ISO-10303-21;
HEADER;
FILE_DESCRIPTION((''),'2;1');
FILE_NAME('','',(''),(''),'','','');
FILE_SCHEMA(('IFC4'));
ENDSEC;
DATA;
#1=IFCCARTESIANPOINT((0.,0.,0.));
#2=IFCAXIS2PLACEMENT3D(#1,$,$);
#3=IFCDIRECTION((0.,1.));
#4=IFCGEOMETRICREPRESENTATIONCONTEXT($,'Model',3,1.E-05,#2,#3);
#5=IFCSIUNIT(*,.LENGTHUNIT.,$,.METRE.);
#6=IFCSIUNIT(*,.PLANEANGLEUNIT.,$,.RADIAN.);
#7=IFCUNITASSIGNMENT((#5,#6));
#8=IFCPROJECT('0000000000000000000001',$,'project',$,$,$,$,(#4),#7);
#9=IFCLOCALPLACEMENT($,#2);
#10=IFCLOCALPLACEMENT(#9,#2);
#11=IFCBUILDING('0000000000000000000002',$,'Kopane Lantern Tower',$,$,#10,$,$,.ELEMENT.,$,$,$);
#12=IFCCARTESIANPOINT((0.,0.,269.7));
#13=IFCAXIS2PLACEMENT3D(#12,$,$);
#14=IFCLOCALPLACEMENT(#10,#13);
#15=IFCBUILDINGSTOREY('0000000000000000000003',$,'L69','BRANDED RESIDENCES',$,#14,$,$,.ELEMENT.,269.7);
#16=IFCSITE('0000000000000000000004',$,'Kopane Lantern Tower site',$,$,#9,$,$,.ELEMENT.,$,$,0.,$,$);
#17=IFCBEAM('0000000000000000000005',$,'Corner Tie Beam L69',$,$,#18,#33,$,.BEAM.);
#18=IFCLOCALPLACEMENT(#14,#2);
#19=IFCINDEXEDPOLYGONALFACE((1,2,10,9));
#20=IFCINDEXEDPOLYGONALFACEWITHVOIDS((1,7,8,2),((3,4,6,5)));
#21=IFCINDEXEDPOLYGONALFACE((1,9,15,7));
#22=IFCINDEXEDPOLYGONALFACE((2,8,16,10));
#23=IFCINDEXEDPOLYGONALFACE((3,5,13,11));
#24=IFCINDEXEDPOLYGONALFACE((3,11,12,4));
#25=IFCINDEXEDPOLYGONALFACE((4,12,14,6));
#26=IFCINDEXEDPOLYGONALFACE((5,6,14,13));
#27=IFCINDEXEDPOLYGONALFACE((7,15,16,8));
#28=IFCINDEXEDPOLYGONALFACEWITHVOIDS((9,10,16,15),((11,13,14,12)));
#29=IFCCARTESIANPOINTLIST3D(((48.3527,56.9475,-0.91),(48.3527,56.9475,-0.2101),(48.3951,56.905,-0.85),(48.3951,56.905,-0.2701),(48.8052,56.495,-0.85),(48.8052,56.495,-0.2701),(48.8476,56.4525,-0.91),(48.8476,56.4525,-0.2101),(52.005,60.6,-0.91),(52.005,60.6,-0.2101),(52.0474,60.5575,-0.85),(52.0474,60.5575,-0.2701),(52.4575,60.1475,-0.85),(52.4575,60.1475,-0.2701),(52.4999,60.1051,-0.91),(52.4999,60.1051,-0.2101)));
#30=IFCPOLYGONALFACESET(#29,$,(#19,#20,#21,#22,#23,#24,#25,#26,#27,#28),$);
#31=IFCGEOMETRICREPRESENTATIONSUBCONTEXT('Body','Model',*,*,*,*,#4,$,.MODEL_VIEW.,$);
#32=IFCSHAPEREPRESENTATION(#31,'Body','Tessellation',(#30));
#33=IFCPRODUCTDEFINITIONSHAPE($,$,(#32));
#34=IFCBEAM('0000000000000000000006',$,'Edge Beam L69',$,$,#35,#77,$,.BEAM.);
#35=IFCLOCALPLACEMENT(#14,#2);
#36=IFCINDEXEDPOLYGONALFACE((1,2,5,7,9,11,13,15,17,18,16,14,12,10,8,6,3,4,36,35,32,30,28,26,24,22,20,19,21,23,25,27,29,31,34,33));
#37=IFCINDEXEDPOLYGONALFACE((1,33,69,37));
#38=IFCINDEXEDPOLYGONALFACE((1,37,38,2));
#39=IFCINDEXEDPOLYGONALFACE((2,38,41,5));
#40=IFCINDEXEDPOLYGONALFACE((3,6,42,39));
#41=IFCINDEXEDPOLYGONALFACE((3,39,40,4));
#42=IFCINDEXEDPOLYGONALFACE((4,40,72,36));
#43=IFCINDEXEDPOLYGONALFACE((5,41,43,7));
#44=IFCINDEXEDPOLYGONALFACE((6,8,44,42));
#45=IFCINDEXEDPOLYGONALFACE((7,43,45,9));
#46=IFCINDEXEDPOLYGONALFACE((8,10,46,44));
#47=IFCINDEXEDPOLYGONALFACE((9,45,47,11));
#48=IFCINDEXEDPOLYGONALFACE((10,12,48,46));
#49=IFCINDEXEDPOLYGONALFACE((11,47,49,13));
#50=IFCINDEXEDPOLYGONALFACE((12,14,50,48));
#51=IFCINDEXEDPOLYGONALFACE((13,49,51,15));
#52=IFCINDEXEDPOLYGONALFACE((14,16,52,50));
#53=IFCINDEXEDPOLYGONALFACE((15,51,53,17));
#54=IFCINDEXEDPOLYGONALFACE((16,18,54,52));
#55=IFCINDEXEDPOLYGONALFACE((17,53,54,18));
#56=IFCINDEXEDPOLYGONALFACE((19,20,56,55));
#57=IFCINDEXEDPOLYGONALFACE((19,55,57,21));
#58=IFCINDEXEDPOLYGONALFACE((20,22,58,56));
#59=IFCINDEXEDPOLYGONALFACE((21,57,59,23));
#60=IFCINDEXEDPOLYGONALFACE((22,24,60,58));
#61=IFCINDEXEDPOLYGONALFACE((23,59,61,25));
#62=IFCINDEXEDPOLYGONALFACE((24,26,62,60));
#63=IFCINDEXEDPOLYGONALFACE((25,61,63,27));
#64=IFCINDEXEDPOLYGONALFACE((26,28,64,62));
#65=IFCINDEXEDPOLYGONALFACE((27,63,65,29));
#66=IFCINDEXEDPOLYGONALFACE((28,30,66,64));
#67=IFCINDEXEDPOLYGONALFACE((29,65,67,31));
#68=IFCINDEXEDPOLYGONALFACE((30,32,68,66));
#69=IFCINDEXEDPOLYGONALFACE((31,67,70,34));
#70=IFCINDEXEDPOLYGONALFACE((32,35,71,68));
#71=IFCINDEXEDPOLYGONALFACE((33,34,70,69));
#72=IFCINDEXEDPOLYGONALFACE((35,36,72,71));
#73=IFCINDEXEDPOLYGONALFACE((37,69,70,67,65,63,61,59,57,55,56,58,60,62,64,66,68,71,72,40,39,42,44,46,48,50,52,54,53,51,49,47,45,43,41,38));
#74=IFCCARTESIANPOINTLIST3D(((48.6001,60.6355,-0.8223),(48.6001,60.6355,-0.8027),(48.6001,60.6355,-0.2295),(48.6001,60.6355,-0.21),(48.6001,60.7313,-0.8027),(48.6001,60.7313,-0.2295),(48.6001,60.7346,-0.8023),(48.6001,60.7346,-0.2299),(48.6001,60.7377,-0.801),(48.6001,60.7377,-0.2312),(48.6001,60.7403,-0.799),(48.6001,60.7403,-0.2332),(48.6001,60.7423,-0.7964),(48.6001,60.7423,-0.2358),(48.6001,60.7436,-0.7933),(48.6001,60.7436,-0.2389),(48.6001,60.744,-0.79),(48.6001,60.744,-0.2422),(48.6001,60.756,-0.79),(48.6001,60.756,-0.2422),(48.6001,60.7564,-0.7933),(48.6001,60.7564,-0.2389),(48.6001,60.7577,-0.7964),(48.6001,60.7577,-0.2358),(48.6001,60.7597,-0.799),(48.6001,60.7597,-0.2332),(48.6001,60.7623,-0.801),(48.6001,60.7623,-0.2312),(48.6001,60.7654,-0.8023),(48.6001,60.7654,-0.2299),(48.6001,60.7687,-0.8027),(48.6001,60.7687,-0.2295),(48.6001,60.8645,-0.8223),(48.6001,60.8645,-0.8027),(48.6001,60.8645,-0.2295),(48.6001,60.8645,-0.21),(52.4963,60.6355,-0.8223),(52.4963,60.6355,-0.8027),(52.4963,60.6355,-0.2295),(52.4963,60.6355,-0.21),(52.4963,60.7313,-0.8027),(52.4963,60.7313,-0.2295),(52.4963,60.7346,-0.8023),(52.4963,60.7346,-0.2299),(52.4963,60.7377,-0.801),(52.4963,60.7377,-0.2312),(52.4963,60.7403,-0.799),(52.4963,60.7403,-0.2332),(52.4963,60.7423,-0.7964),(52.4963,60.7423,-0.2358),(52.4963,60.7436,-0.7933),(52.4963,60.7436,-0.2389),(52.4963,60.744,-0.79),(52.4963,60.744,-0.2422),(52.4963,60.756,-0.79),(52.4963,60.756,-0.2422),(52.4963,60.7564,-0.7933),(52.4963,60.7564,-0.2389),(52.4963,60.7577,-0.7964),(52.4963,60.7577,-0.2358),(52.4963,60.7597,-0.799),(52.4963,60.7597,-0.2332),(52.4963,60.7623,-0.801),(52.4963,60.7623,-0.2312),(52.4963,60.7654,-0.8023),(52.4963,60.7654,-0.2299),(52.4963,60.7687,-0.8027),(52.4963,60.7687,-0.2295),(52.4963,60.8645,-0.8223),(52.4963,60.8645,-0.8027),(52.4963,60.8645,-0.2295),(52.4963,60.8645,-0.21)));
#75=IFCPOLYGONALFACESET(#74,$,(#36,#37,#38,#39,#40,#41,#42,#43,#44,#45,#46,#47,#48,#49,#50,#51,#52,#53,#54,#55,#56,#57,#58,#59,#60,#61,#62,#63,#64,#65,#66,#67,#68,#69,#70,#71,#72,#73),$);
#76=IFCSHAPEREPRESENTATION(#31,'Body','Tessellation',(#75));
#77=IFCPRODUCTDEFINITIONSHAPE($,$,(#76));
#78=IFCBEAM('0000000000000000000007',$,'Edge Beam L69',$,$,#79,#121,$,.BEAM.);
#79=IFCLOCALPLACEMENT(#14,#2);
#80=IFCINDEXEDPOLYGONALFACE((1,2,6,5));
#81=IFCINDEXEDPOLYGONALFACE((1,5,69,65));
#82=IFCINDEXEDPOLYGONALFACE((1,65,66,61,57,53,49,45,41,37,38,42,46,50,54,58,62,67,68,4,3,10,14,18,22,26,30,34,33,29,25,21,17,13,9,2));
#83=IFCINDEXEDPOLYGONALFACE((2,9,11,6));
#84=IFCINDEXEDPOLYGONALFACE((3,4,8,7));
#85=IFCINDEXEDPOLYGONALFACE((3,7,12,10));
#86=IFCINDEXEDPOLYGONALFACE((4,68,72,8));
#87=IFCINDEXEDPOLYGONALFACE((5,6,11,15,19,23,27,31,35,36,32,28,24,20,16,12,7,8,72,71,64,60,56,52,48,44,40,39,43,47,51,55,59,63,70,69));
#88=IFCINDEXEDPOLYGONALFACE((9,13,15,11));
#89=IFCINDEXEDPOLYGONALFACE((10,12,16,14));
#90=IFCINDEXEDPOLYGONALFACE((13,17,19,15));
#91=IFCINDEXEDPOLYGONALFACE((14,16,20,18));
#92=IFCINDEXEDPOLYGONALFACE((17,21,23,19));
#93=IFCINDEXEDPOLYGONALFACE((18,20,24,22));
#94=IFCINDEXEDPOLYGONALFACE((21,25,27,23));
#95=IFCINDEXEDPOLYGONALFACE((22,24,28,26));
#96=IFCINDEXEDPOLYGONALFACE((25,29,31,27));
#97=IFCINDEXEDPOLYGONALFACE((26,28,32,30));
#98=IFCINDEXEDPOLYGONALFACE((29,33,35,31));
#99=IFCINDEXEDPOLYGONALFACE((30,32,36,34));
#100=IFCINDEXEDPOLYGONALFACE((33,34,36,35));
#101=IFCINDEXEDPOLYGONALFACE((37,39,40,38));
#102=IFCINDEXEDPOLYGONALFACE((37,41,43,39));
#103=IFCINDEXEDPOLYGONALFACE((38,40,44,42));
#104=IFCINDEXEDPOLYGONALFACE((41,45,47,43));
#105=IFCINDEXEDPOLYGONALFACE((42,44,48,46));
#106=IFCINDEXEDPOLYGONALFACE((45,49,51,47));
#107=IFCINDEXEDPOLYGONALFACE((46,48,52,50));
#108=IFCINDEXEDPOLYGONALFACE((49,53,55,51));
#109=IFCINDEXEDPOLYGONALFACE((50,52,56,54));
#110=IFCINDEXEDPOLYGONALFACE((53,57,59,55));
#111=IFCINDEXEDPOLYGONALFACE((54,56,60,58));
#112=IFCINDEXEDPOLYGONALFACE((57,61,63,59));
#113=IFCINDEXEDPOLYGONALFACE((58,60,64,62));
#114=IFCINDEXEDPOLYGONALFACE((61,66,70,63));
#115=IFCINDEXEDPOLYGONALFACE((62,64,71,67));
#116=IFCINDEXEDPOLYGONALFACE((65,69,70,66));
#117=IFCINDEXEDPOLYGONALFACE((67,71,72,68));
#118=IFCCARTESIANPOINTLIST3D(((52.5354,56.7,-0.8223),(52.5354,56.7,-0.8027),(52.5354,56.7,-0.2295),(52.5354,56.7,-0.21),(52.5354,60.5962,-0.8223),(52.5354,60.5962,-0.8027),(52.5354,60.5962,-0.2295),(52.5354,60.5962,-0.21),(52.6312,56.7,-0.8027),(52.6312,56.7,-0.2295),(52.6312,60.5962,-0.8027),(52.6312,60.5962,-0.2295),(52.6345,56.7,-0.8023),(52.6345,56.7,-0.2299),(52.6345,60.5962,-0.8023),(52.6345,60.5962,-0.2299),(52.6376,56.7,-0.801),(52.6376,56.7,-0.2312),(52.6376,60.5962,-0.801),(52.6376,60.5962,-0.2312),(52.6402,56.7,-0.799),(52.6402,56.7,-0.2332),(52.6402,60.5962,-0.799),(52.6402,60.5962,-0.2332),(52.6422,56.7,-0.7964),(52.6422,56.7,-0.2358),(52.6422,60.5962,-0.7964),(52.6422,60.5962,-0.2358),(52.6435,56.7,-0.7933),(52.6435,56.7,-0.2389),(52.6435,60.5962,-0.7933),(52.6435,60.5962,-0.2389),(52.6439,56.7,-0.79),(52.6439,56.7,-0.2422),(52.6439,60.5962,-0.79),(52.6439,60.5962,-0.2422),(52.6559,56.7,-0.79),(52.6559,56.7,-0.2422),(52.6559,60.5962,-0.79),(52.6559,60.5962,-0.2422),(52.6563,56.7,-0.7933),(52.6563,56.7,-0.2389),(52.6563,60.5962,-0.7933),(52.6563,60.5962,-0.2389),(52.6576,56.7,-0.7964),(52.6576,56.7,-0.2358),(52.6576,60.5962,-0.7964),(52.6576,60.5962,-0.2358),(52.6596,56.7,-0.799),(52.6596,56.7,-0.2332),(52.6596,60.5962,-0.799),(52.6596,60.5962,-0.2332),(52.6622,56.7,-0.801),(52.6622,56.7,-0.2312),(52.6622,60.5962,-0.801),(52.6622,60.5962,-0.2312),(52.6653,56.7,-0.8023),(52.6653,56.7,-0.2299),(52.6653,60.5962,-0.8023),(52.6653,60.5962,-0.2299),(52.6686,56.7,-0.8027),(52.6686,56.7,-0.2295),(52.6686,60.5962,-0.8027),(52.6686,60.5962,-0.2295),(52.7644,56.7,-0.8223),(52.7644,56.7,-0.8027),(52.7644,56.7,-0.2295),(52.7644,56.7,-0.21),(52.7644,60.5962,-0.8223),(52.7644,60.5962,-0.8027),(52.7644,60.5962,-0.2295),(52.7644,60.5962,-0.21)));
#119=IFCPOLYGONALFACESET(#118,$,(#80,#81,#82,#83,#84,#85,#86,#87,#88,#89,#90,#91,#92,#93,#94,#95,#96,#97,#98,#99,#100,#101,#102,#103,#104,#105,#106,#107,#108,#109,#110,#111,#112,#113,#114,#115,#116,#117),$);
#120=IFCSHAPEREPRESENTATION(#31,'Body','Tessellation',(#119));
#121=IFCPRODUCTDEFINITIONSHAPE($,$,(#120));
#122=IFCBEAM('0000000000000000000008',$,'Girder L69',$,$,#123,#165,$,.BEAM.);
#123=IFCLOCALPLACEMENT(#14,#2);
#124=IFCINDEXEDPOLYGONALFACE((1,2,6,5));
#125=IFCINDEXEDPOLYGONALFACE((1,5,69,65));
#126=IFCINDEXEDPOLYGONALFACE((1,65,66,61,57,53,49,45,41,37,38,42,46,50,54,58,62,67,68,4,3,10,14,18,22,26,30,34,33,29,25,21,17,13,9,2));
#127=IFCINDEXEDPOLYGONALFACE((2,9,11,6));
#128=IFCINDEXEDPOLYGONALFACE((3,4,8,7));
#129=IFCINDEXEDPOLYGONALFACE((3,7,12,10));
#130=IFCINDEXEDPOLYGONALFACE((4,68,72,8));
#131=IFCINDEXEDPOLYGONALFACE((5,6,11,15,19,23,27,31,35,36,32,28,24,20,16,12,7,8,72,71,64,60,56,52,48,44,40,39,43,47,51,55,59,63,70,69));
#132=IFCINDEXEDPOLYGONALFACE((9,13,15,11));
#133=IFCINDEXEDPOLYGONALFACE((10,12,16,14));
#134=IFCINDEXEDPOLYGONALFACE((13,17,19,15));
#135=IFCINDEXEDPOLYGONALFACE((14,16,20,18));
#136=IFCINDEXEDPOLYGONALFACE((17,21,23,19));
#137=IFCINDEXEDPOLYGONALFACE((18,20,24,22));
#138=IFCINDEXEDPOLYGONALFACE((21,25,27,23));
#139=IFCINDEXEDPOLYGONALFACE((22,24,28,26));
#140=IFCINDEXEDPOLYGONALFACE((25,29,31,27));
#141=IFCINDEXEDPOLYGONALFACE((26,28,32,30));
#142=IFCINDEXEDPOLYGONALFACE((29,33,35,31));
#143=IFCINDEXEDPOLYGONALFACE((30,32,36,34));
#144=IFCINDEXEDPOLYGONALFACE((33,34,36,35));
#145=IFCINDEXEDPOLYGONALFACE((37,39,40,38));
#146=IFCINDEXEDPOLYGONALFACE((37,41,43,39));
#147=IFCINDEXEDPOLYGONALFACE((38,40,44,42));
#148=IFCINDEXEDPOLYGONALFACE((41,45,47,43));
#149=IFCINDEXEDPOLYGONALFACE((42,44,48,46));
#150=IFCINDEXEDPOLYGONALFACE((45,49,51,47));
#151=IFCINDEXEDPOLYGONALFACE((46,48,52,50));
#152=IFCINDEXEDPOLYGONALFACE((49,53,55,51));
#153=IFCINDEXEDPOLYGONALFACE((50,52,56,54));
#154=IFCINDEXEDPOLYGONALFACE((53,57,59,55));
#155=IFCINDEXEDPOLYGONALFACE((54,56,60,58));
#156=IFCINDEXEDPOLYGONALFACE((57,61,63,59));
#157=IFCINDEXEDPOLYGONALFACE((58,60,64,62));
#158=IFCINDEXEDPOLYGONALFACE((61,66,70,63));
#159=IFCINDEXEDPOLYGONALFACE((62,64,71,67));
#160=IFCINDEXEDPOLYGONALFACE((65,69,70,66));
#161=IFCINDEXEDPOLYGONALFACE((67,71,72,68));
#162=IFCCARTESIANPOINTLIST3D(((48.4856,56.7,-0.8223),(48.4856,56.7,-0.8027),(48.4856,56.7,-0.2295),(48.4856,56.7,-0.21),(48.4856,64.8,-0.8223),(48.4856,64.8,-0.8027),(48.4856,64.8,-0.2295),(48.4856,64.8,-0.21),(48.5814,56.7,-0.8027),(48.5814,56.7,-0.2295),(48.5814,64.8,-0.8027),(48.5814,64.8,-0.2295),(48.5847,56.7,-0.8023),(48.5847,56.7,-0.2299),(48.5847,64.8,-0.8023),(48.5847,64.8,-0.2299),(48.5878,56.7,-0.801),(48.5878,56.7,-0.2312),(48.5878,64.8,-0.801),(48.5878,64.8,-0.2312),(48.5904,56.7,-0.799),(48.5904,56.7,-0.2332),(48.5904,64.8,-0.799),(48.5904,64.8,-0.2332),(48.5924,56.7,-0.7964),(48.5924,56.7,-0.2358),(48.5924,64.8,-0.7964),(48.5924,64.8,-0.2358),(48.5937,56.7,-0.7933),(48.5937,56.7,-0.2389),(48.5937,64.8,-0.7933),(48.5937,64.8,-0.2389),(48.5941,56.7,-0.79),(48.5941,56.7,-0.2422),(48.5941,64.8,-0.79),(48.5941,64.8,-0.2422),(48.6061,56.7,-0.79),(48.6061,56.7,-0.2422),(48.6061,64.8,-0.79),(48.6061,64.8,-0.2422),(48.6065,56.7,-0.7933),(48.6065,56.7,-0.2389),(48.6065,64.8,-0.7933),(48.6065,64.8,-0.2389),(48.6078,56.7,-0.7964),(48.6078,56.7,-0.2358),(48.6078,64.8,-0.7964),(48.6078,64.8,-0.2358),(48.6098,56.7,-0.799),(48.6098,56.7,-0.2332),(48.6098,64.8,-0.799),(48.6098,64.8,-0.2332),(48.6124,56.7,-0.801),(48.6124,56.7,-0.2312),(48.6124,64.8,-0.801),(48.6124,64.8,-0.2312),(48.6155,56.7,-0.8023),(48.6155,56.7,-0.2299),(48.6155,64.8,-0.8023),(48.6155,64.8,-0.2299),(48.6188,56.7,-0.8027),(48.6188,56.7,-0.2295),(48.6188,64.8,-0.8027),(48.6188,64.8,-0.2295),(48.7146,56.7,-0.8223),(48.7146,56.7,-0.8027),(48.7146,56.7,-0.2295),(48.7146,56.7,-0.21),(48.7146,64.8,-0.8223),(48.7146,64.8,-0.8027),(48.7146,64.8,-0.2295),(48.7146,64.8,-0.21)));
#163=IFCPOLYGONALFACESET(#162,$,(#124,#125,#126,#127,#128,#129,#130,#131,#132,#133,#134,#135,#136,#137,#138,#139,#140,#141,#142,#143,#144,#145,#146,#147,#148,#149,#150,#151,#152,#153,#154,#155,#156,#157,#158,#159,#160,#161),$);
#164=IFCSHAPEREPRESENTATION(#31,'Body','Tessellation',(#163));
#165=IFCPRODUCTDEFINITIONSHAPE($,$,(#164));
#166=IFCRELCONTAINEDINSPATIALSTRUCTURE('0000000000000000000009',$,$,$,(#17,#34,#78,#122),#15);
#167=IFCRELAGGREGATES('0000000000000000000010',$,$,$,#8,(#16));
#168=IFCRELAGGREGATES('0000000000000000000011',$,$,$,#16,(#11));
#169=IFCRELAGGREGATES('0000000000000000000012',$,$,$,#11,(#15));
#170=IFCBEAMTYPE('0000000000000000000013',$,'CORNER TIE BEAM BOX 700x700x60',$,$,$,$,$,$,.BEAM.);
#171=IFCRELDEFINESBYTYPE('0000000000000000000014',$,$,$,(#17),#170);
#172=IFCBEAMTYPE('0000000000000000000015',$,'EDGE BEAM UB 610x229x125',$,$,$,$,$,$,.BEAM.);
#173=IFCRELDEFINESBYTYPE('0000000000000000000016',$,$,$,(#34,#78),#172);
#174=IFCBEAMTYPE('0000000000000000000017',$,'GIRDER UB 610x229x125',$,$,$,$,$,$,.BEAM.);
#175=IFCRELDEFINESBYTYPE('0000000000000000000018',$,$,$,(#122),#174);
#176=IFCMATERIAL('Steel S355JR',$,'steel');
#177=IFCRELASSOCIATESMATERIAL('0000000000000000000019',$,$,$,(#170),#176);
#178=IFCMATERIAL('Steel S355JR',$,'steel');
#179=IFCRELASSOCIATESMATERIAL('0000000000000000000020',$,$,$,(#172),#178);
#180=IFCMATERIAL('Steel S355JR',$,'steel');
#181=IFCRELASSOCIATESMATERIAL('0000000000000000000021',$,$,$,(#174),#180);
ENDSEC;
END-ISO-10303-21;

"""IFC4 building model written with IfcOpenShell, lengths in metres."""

from ifc_helpers import new_model, si_unit, direction, frame, origin, origin_2d, place, context, subcontext, project, spatial, hollow_rectangle, i_section, extrude, material, material_profile, profile_set, type_object, element, save


model = new_model("IFC4")

# Units and contexts
model_context = context("Model", 3, precision=1e-05, world=origin(), true_north=direction((0.0, 1.0)))
body_context = subcontext(model_context, "Body", "Model", "MODEL_VIEW")
ifc_project = project(units=[si_unit("LENGTHUNIT", "METRE"), si_unit("PLANEANGLEUNIT", "RADIAN")], contexts=[model_context])

# Site, building, storey
site_placement = place(None, origin())
site = spatial("IfcSite", under=ifc_project, at=site_placement, Name="Kopane Lantern Tower site", CompositionType="ELEMENT", RefElevation=0.0)
building_placement = place(site_placement, origin())
building = spatial("IfcBuilding", under=site, at=building_placement, Name="Kopane Lantern Tower", CompositionType="ELEMENT")
storey_placement = place(building_placement, frame((0.0, 0.0, 269.7)))
storey = spatial("IfcBuildingStorey", under=building, at=storey_placement, Name="L69", Description="BRANDED RESIDENCES", CompositionType="ELEMENT", Elevation=269.7)

# Beams
ifc_material_1 = material(Name="Steel S355JR", Category="steel")
ifc_material_profile_1 = material_profile(ifc_material_1, hollow_rectangle(XDim=0.7, YDim=0.7, WallThickness=0.0601, at=origin_2d()), Name="BOX 700x700x60")
ifc_profile_set_1 = profile_set([ifc_material_profile_1], Name="Steel S355JR")
beam_type_1 = type_object("IfcBeamType", Name="CORNER TIE BEAM BOX 700x700x60", PredefinedType="BEAM", material=ifc_profile_set_1)
beam_1_placement = place(storey_placement, frame((52.2524, 60.3525, -0.5601), z_axis=(-0.707083, -0.70713, 0.0), x_axis=(0.70713, -0.707083, 0.0)))
element("IfcBeam", 1, at=beam_1_placement, inside=storey, type_object=beam_type_1, Name="Corner Tie Beam L69", PredefinedType="BEAM", context=body_context, shape_type="SweptSolid", body=[
    extrude(hollow_rectangle(XDim=0.7, YDim=0.7, WallThickness=0.0601, at=origin_2d()), origin(), (0.0, 0.0, 1.0), 5.1653),
])
ifc_material_2 = material(Name="Steel S355JR", Category="steel")
ifc_material_profile_2 = material_profile(ifc_material_2, i_section(OverallWidth=0.229, OverallDepth=0.6123, WebThickness=0.012, FlangeThickness=0.0195, FilletRadius=0.0127, at=origin_2d()), Name="UB 610x229x125")
ifc_profile_set_2 = profile_set([ifc_material_profile_2], Name="Steel S355JR")
beam_type_2 = type_object("IfcBeamType", Name="EDGE BEAM UB 610x229x125", PredefinedType="BEAM", material=ifc_profile_set_2)
for number, where, z_axis, x_axis, name in (
    (2, (52.4963, 60.75, -0.5161), (-1.0, 0.0, 0.0), (0.0, -1.0, 0.0), "Edge Beam L69"),
    (3, (52.6499, 60.5962, -0.5161), (0.0, -1.0, 0.0), (1.0, 0.0, 0.0), "Edge Beam L69"),
):
    element("IfcBeam", number, at=place(storey_placement, frame(where, z_axis=z_axis, x_axis=x_axis)), inside=storey, type_object=beam_type_2, Name=name, PredefinedType="BEAM", context=body_context, shape_type="SweptSolid", body=[
        extrude(i_section(OverallWidth=0.229, OverallDepth=0.6123, WebThickness=0.012, FlangeThickness=0.0195, FilletRadius=0.0127, at=origin_2d()), origin(), (0.0, 0.0, 1.0), 3.8962),
    ])
ifc_material_3 = material(Name="Steel S355JR", Category="steel")
ifc_material_profile_3 = material_profile(ifc_material_3, i_section(OverallWidth=0.229, OverallDepth=0.6123, WebThickness=0.012, FlangeThickness=0.0195, FilletRadius=0.0127, at=origin_2d()), Name="UB 610x229x125")
ifc_profile_set_3 = profile_set([ifc_material_profile_3], Name="Steel S355JR")
beam_type_3 = type_object("IfcBeamType", Name="GIRDER UB 610x229x125", PredefinedType="BEAM", material=ifc_profile_set_3)
beam_2_placement = place(storey_placement, frame((48.6001, 56.7, -0.5161), z_axis=(0.0, 1.0, 0.0), x_axis=(-1.0, 0.0, 0.0)))
element("IfcBeam", 4, at=beam_2_placement, inside=storey, type_object=beam_type_3, Name="Girder L69", PredefinedType="BEAM", context=body_context, shape_type="SweptSolid", body=[
    extrude(i_section(OverallWidth=0.229, OverallDepth=0.6123, WebThickness=0.012, FlangeThickness=0.0195, FilletRadius=0.0127, at=origin_2d()), origin(), (0.0, 0.0, 1.0), 8.1001),
])

save(model, "model.ifc")
